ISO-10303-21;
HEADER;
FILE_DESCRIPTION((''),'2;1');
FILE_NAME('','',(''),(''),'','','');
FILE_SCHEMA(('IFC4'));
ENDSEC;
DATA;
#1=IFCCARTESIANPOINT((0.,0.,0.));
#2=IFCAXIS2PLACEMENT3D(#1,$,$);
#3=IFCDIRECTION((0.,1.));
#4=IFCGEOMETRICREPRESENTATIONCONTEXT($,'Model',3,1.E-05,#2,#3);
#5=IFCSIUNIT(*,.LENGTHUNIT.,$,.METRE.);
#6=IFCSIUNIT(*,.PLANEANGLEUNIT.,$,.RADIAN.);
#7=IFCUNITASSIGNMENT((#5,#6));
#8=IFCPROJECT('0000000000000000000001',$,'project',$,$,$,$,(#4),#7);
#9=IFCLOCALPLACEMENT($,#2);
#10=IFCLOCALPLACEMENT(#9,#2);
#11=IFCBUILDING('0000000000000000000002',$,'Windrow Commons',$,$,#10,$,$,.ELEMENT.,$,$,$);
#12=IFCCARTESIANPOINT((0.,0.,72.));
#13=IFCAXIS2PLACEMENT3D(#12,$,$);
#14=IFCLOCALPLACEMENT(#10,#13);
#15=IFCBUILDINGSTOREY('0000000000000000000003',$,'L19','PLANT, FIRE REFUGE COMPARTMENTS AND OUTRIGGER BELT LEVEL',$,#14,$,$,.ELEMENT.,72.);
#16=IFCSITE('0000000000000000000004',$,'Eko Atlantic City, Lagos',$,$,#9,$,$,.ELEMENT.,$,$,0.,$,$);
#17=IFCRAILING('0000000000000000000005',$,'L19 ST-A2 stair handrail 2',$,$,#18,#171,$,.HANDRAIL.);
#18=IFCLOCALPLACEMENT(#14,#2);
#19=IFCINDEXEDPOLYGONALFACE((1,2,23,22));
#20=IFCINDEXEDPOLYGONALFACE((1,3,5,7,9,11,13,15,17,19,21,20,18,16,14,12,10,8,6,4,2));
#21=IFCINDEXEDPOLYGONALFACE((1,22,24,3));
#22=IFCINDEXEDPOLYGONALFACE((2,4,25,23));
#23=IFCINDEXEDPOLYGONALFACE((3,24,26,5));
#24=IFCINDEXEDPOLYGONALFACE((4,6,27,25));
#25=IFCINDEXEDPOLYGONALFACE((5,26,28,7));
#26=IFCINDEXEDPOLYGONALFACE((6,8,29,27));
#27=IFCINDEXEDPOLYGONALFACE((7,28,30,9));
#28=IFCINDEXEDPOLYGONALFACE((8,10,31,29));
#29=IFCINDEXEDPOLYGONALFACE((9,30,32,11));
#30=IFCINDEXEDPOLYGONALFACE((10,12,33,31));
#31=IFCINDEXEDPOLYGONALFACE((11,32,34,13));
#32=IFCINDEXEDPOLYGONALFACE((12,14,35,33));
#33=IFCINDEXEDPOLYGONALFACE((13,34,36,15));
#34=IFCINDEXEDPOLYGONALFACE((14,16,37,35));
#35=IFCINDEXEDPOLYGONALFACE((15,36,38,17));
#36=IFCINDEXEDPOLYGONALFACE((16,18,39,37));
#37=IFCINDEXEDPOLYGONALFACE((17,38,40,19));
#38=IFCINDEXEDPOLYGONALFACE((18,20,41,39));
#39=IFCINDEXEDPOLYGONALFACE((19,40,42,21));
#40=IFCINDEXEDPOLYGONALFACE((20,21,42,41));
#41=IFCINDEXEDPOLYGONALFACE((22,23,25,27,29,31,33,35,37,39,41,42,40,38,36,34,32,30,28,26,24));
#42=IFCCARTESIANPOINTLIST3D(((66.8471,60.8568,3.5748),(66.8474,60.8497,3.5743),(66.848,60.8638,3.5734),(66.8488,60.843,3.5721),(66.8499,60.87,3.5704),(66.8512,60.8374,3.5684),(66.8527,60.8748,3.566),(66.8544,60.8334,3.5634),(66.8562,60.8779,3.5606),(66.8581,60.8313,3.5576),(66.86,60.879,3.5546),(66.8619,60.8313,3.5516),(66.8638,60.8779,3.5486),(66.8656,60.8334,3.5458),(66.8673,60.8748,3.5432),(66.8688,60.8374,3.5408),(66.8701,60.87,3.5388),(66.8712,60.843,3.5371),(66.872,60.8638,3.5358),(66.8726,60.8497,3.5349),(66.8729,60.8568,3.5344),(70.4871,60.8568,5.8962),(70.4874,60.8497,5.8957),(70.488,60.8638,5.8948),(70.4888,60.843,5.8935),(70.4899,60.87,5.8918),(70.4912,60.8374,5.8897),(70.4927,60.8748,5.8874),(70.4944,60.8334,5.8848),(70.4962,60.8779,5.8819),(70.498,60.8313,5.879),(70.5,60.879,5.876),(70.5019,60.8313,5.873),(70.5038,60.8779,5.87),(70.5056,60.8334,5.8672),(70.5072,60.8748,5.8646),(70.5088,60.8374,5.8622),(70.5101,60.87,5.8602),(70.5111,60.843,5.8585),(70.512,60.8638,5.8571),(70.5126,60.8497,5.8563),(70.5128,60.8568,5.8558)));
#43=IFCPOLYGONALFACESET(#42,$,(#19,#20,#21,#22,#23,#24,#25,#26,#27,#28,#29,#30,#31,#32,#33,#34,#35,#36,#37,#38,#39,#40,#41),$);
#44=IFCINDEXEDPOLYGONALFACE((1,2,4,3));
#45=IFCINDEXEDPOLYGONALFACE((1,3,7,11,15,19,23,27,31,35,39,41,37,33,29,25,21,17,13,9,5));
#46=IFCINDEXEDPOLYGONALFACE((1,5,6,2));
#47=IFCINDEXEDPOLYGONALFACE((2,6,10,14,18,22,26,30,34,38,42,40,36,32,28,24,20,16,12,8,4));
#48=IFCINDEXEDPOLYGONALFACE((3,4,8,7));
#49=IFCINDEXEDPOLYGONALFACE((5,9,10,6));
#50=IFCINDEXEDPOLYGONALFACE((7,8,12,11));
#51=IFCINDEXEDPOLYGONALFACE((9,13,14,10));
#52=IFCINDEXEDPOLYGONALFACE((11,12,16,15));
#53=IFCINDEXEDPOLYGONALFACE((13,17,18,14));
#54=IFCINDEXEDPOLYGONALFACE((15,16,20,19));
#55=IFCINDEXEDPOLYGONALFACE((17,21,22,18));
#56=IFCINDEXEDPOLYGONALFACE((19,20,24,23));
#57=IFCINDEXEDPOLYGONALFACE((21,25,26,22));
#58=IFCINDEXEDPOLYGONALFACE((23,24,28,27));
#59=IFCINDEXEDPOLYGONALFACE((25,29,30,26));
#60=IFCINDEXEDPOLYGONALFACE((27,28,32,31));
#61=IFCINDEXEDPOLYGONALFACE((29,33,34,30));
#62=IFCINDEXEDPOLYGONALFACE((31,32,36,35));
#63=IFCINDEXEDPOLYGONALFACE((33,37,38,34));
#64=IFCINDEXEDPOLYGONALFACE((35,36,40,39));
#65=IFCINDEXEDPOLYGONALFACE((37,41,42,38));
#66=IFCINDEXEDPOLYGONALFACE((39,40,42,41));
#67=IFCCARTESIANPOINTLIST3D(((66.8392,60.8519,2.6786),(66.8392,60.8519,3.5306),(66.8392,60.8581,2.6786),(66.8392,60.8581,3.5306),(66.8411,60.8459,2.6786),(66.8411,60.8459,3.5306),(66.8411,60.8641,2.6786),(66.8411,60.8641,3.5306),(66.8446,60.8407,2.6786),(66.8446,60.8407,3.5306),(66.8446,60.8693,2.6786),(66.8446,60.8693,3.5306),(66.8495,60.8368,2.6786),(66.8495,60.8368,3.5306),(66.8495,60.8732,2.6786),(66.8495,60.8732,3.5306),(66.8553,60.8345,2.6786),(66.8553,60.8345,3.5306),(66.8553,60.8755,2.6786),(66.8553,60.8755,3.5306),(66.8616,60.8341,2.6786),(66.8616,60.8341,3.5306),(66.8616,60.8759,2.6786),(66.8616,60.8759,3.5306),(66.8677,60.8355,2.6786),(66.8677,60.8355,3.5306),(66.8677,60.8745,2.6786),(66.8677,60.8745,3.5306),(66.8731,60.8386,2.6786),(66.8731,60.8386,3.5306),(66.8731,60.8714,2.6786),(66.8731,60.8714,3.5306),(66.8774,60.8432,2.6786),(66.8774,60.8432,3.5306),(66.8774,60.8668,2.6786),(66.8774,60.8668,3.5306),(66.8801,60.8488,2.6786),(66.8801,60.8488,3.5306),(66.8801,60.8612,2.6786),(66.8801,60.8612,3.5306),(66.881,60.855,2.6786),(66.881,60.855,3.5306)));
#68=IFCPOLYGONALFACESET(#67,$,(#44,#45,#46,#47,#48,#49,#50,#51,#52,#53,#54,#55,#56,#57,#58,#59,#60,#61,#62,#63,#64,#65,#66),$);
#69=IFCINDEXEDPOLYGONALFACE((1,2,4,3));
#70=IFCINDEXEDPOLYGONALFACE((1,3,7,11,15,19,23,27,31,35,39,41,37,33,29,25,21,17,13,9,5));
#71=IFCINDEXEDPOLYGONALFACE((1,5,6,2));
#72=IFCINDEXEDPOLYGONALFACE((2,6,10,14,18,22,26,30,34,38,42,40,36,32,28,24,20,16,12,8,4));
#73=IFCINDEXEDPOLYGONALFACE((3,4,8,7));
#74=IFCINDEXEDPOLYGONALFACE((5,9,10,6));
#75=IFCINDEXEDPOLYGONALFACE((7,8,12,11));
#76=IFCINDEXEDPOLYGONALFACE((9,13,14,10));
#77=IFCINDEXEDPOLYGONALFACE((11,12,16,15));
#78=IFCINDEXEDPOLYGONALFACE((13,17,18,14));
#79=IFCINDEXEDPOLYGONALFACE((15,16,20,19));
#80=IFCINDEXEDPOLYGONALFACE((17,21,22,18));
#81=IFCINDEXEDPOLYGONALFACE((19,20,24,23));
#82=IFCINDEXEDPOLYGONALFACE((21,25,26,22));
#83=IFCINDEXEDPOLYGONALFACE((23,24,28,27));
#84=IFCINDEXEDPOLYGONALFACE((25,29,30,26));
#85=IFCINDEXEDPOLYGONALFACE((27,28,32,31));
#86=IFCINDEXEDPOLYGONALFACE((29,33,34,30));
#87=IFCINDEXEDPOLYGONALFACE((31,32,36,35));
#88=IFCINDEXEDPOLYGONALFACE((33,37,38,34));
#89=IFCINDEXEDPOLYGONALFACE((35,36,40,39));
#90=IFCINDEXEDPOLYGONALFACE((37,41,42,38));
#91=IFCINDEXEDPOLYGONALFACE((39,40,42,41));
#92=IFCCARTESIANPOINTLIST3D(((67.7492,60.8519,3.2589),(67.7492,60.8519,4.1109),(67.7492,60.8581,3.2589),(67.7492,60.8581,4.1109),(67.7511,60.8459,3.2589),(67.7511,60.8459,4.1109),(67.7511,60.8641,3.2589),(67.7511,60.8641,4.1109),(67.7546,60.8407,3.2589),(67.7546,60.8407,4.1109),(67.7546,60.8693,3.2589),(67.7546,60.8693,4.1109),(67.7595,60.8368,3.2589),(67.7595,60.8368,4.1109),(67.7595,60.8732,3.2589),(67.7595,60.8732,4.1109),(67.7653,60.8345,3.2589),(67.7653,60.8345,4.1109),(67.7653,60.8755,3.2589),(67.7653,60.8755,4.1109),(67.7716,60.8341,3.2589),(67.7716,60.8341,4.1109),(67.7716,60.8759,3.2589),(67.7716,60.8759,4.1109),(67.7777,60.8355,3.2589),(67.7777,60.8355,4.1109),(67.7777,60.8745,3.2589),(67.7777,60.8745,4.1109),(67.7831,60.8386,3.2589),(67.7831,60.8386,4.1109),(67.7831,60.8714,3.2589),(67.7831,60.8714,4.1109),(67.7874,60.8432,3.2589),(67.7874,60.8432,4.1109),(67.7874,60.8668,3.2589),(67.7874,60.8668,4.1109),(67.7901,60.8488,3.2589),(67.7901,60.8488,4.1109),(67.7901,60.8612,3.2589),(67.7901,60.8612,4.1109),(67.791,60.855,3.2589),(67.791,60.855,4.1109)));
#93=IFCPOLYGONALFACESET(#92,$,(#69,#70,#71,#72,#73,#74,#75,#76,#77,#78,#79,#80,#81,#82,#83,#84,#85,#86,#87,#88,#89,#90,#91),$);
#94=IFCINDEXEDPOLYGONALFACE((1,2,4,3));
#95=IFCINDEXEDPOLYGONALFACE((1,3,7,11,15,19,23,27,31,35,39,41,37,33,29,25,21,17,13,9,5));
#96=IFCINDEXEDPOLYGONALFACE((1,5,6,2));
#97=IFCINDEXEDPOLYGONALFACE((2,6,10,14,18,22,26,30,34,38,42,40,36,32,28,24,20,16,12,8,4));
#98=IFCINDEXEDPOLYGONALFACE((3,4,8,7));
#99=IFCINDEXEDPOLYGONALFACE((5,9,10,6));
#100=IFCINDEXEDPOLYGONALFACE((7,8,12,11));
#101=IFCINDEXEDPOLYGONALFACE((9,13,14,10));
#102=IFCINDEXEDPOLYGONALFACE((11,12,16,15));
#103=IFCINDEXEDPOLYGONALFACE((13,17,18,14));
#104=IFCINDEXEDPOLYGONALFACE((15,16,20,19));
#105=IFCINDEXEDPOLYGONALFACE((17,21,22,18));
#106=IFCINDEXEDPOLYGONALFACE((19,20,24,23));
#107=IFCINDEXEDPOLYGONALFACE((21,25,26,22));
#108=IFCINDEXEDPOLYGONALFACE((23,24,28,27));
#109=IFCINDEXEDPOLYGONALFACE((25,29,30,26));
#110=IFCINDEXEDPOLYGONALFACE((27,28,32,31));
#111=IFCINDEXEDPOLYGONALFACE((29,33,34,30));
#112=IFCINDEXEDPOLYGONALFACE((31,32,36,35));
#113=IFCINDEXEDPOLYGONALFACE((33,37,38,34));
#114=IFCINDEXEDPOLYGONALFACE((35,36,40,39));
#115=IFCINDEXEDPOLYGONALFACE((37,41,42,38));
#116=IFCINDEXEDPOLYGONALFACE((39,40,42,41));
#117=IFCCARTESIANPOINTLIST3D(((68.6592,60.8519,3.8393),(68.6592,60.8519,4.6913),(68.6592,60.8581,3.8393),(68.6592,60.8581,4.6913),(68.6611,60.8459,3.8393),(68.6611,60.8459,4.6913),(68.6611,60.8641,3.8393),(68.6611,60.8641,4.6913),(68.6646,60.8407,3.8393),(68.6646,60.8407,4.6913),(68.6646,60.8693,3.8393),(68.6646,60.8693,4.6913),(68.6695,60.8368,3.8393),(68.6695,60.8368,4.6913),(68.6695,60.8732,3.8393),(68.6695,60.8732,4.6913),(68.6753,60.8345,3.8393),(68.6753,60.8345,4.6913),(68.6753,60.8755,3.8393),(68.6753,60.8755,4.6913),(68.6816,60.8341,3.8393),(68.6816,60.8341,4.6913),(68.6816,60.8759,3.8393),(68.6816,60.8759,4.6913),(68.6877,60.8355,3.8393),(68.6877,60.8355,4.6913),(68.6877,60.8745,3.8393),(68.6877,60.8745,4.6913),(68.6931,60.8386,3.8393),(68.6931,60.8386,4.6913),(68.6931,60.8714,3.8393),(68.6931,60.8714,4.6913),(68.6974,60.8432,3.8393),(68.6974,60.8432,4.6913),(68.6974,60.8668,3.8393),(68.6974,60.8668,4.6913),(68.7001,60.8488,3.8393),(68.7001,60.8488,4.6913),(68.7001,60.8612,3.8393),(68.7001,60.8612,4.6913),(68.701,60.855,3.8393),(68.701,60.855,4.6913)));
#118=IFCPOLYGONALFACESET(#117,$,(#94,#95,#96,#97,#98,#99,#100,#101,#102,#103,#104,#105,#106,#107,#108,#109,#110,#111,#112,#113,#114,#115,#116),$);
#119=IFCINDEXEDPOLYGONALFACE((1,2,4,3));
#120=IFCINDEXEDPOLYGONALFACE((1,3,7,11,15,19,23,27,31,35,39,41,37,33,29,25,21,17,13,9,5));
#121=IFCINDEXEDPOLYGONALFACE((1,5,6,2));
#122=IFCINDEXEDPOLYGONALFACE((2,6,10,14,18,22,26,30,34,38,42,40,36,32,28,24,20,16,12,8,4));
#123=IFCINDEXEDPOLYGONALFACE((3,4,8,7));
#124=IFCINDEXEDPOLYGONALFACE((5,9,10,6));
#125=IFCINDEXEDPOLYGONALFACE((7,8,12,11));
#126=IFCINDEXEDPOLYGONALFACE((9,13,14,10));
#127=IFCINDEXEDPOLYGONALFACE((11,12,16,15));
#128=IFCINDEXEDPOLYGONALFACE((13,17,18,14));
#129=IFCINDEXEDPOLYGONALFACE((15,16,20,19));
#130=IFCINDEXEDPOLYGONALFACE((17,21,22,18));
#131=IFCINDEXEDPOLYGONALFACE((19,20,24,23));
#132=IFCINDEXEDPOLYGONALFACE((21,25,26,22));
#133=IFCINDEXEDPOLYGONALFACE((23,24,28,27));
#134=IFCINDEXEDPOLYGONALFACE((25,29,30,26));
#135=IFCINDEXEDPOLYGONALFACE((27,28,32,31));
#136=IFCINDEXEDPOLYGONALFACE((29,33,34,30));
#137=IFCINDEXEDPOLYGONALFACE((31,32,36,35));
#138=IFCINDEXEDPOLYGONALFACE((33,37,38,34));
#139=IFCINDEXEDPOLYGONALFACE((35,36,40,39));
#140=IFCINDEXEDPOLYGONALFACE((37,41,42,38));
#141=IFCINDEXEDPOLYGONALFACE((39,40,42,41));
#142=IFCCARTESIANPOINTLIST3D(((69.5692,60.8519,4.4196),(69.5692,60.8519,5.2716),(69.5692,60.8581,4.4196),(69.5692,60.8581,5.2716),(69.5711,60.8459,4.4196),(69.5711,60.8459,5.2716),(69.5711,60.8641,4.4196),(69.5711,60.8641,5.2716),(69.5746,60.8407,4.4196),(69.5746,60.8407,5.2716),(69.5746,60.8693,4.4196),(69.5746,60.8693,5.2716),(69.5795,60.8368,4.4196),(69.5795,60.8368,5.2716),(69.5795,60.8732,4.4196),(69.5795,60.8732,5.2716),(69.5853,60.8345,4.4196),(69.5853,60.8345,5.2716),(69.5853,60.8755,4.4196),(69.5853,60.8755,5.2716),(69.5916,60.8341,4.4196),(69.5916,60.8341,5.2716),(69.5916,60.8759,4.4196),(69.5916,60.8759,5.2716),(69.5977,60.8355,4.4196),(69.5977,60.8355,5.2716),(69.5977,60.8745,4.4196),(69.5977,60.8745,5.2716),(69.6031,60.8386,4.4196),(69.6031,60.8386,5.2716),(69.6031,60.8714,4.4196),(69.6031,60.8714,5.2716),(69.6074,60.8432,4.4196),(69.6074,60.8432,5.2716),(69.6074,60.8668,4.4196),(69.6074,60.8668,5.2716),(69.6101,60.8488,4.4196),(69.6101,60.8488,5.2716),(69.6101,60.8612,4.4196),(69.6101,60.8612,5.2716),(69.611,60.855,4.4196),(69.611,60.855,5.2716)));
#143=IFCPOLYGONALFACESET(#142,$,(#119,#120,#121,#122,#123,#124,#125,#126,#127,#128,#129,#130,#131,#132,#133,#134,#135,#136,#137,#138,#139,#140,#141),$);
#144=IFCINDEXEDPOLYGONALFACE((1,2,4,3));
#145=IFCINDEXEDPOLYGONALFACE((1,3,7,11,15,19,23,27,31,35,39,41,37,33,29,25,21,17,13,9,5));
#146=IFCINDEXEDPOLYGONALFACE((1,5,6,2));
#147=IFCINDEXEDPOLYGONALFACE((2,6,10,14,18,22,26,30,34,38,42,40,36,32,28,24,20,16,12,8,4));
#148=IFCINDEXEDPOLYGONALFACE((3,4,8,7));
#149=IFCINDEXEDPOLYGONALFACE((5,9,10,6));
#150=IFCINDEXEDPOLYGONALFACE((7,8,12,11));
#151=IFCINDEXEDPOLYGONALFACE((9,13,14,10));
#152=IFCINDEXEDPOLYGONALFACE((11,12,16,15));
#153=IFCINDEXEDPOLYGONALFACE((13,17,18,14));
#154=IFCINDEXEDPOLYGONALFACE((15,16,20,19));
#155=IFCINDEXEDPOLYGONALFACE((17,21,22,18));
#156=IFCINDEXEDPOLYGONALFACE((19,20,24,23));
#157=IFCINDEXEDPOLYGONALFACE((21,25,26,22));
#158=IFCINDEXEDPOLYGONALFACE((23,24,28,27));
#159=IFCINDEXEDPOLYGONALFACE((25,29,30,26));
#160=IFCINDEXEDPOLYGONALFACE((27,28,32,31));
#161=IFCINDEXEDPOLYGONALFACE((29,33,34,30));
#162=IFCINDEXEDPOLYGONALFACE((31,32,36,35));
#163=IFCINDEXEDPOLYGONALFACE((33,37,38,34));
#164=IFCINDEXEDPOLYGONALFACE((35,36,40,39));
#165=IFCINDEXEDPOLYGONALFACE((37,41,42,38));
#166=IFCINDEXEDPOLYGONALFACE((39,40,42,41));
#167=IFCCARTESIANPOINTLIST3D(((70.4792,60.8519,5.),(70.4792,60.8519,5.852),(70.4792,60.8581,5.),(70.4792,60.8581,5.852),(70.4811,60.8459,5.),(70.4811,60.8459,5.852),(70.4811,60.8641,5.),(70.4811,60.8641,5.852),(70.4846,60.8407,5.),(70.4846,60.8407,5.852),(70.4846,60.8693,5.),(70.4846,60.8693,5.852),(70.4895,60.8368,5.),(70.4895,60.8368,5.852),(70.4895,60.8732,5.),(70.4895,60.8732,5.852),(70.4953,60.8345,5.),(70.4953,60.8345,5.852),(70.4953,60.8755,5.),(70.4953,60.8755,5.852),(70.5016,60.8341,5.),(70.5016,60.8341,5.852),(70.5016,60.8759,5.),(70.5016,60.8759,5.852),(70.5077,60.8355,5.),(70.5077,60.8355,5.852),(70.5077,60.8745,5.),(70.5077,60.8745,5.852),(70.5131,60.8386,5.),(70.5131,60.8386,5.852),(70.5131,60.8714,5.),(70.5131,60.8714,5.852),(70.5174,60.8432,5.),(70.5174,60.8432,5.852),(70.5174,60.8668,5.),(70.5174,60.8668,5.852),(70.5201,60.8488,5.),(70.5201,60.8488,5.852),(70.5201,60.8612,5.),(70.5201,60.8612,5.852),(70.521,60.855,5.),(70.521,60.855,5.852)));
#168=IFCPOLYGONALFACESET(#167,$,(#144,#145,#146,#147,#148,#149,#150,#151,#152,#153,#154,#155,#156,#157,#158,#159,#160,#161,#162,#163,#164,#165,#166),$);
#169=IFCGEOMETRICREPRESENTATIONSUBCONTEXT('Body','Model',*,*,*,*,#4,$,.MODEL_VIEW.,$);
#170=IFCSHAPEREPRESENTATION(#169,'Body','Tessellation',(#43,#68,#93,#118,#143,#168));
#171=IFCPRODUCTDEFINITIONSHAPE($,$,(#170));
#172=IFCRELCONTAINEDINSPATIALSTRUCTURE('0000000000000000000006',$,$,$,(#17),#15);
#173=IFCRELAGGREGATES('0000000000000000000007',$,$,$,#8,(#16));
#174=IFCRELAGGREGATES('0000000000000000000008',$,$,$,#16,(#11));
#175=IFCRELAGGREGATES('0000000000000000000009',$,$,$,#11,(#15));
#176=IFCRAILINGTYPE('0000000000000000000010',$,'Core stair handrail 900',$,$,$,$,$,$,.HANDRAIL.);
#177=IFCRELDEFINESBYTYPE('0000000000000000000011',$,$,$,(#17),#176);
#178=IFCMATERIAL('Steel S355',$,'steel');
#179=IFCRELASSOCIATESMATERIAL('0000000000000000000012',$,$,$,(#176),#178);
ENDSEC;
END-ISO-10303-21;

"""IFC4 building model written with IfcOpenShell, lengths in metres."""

from ifc_helpers import new_model, si_unit, direction, frame, origin, origin_2d, place, context, subcontext, project, spatial, circle, extrude, material, type_object, element, save


model = new_model("IFC4")

# Units and contexts
model_context = context("Model", 3, precision=1e-05, world=origin(), true_north=direction((0.0, 1.0)))
body_context = subcontext(model_context, "Body", "Model", "MODEL_VIEW")
ifc_project = project(units=[si_unit("LENGTHUNIT", "METRE"), si_unit("PLANEANGLEUNIT", "RADIAN")], contexts=[model_context])

# Site, building, storey
site_placement = place(None, origin())
site = spatial("IfcSite", under=ifc_project, at=site_placement, Name="Eko Atlantic City, Lagos", CompositionType="ELEMENT", RefElevation=0.0)
building_placement = place(site_placement, origin())
building = spatial("IfcBuilding", under=site, at=building_placement, Name="Windrow Commons", CompositionType="ELEMENT")
storey_placement = place(building_placement, frame((0.0, 0.0, 72.0)))
storey = spatial("IfcBuildingStorey", under=building, at=storey_placement, Name="L19", Description="PLANT, FIRE REFUGE COMPARTMENTS AND OUTRIGGER BELT LEVEL", CompositionType="ELEMENT", Elevation=72.0)

# Railing
ifc_material_1 = material(Name="Steel S355", Category="steel")
railing_type_1 = type_object("IfcRailingType", Name="Core stair handrail 900", PredefinedType="HANDRAIL", material=ifc_material_1)
railing_1_placement = place(storey_placement, frame((66.86, 60.855, 2.6786)))
element("IfcRailing", 1, at=railing_1_placement, inside=storey, type_object=railing_type_1, Name="L19 ST-A2 stair handrail 2", PredefinedType="HANDRAIL", context=body_context, shape_type="SweptSolid", body=[
    extrude(circle(Radius=0.024, at=origin_2d()), frame((0.0, 0.0, 0.876), z_axis=(0.843133, 0.0, 0.537706), x_axis=(0.0, 1.0, 0.0)), (0.0, 0.0, 1.0), 4.3172),
    extrude(circle(Radius=0.021, at=origin_2d()), origin(), (0.0, 0.0, 1.0), 0.852),
    extrude(circle(Radius=0.021, at=origin_2d()), frame((0.91, 0.0, 0.5803)), (0.0, 0.0, 1.0), 0.852),
    extrude(circle(Radius=0.021, at=origin_2d()), frame((1.82, 0.0, 1.1607)), (0.0, 0.0, 1.0), 0.852),
    extrude(circle(Radius=0.021, at=origin_2d()), frame((2.73, 0.0, 1.741)), (0.0, 0.0, 1.0), 0.852),
    extrude(circle(Radius=0.021, at=origin_2d()), frame((3.64, 0.0, 2.3214)), (0.0, 0.0, 1.0), 0.852),
])

save(model, "model.ifc")
